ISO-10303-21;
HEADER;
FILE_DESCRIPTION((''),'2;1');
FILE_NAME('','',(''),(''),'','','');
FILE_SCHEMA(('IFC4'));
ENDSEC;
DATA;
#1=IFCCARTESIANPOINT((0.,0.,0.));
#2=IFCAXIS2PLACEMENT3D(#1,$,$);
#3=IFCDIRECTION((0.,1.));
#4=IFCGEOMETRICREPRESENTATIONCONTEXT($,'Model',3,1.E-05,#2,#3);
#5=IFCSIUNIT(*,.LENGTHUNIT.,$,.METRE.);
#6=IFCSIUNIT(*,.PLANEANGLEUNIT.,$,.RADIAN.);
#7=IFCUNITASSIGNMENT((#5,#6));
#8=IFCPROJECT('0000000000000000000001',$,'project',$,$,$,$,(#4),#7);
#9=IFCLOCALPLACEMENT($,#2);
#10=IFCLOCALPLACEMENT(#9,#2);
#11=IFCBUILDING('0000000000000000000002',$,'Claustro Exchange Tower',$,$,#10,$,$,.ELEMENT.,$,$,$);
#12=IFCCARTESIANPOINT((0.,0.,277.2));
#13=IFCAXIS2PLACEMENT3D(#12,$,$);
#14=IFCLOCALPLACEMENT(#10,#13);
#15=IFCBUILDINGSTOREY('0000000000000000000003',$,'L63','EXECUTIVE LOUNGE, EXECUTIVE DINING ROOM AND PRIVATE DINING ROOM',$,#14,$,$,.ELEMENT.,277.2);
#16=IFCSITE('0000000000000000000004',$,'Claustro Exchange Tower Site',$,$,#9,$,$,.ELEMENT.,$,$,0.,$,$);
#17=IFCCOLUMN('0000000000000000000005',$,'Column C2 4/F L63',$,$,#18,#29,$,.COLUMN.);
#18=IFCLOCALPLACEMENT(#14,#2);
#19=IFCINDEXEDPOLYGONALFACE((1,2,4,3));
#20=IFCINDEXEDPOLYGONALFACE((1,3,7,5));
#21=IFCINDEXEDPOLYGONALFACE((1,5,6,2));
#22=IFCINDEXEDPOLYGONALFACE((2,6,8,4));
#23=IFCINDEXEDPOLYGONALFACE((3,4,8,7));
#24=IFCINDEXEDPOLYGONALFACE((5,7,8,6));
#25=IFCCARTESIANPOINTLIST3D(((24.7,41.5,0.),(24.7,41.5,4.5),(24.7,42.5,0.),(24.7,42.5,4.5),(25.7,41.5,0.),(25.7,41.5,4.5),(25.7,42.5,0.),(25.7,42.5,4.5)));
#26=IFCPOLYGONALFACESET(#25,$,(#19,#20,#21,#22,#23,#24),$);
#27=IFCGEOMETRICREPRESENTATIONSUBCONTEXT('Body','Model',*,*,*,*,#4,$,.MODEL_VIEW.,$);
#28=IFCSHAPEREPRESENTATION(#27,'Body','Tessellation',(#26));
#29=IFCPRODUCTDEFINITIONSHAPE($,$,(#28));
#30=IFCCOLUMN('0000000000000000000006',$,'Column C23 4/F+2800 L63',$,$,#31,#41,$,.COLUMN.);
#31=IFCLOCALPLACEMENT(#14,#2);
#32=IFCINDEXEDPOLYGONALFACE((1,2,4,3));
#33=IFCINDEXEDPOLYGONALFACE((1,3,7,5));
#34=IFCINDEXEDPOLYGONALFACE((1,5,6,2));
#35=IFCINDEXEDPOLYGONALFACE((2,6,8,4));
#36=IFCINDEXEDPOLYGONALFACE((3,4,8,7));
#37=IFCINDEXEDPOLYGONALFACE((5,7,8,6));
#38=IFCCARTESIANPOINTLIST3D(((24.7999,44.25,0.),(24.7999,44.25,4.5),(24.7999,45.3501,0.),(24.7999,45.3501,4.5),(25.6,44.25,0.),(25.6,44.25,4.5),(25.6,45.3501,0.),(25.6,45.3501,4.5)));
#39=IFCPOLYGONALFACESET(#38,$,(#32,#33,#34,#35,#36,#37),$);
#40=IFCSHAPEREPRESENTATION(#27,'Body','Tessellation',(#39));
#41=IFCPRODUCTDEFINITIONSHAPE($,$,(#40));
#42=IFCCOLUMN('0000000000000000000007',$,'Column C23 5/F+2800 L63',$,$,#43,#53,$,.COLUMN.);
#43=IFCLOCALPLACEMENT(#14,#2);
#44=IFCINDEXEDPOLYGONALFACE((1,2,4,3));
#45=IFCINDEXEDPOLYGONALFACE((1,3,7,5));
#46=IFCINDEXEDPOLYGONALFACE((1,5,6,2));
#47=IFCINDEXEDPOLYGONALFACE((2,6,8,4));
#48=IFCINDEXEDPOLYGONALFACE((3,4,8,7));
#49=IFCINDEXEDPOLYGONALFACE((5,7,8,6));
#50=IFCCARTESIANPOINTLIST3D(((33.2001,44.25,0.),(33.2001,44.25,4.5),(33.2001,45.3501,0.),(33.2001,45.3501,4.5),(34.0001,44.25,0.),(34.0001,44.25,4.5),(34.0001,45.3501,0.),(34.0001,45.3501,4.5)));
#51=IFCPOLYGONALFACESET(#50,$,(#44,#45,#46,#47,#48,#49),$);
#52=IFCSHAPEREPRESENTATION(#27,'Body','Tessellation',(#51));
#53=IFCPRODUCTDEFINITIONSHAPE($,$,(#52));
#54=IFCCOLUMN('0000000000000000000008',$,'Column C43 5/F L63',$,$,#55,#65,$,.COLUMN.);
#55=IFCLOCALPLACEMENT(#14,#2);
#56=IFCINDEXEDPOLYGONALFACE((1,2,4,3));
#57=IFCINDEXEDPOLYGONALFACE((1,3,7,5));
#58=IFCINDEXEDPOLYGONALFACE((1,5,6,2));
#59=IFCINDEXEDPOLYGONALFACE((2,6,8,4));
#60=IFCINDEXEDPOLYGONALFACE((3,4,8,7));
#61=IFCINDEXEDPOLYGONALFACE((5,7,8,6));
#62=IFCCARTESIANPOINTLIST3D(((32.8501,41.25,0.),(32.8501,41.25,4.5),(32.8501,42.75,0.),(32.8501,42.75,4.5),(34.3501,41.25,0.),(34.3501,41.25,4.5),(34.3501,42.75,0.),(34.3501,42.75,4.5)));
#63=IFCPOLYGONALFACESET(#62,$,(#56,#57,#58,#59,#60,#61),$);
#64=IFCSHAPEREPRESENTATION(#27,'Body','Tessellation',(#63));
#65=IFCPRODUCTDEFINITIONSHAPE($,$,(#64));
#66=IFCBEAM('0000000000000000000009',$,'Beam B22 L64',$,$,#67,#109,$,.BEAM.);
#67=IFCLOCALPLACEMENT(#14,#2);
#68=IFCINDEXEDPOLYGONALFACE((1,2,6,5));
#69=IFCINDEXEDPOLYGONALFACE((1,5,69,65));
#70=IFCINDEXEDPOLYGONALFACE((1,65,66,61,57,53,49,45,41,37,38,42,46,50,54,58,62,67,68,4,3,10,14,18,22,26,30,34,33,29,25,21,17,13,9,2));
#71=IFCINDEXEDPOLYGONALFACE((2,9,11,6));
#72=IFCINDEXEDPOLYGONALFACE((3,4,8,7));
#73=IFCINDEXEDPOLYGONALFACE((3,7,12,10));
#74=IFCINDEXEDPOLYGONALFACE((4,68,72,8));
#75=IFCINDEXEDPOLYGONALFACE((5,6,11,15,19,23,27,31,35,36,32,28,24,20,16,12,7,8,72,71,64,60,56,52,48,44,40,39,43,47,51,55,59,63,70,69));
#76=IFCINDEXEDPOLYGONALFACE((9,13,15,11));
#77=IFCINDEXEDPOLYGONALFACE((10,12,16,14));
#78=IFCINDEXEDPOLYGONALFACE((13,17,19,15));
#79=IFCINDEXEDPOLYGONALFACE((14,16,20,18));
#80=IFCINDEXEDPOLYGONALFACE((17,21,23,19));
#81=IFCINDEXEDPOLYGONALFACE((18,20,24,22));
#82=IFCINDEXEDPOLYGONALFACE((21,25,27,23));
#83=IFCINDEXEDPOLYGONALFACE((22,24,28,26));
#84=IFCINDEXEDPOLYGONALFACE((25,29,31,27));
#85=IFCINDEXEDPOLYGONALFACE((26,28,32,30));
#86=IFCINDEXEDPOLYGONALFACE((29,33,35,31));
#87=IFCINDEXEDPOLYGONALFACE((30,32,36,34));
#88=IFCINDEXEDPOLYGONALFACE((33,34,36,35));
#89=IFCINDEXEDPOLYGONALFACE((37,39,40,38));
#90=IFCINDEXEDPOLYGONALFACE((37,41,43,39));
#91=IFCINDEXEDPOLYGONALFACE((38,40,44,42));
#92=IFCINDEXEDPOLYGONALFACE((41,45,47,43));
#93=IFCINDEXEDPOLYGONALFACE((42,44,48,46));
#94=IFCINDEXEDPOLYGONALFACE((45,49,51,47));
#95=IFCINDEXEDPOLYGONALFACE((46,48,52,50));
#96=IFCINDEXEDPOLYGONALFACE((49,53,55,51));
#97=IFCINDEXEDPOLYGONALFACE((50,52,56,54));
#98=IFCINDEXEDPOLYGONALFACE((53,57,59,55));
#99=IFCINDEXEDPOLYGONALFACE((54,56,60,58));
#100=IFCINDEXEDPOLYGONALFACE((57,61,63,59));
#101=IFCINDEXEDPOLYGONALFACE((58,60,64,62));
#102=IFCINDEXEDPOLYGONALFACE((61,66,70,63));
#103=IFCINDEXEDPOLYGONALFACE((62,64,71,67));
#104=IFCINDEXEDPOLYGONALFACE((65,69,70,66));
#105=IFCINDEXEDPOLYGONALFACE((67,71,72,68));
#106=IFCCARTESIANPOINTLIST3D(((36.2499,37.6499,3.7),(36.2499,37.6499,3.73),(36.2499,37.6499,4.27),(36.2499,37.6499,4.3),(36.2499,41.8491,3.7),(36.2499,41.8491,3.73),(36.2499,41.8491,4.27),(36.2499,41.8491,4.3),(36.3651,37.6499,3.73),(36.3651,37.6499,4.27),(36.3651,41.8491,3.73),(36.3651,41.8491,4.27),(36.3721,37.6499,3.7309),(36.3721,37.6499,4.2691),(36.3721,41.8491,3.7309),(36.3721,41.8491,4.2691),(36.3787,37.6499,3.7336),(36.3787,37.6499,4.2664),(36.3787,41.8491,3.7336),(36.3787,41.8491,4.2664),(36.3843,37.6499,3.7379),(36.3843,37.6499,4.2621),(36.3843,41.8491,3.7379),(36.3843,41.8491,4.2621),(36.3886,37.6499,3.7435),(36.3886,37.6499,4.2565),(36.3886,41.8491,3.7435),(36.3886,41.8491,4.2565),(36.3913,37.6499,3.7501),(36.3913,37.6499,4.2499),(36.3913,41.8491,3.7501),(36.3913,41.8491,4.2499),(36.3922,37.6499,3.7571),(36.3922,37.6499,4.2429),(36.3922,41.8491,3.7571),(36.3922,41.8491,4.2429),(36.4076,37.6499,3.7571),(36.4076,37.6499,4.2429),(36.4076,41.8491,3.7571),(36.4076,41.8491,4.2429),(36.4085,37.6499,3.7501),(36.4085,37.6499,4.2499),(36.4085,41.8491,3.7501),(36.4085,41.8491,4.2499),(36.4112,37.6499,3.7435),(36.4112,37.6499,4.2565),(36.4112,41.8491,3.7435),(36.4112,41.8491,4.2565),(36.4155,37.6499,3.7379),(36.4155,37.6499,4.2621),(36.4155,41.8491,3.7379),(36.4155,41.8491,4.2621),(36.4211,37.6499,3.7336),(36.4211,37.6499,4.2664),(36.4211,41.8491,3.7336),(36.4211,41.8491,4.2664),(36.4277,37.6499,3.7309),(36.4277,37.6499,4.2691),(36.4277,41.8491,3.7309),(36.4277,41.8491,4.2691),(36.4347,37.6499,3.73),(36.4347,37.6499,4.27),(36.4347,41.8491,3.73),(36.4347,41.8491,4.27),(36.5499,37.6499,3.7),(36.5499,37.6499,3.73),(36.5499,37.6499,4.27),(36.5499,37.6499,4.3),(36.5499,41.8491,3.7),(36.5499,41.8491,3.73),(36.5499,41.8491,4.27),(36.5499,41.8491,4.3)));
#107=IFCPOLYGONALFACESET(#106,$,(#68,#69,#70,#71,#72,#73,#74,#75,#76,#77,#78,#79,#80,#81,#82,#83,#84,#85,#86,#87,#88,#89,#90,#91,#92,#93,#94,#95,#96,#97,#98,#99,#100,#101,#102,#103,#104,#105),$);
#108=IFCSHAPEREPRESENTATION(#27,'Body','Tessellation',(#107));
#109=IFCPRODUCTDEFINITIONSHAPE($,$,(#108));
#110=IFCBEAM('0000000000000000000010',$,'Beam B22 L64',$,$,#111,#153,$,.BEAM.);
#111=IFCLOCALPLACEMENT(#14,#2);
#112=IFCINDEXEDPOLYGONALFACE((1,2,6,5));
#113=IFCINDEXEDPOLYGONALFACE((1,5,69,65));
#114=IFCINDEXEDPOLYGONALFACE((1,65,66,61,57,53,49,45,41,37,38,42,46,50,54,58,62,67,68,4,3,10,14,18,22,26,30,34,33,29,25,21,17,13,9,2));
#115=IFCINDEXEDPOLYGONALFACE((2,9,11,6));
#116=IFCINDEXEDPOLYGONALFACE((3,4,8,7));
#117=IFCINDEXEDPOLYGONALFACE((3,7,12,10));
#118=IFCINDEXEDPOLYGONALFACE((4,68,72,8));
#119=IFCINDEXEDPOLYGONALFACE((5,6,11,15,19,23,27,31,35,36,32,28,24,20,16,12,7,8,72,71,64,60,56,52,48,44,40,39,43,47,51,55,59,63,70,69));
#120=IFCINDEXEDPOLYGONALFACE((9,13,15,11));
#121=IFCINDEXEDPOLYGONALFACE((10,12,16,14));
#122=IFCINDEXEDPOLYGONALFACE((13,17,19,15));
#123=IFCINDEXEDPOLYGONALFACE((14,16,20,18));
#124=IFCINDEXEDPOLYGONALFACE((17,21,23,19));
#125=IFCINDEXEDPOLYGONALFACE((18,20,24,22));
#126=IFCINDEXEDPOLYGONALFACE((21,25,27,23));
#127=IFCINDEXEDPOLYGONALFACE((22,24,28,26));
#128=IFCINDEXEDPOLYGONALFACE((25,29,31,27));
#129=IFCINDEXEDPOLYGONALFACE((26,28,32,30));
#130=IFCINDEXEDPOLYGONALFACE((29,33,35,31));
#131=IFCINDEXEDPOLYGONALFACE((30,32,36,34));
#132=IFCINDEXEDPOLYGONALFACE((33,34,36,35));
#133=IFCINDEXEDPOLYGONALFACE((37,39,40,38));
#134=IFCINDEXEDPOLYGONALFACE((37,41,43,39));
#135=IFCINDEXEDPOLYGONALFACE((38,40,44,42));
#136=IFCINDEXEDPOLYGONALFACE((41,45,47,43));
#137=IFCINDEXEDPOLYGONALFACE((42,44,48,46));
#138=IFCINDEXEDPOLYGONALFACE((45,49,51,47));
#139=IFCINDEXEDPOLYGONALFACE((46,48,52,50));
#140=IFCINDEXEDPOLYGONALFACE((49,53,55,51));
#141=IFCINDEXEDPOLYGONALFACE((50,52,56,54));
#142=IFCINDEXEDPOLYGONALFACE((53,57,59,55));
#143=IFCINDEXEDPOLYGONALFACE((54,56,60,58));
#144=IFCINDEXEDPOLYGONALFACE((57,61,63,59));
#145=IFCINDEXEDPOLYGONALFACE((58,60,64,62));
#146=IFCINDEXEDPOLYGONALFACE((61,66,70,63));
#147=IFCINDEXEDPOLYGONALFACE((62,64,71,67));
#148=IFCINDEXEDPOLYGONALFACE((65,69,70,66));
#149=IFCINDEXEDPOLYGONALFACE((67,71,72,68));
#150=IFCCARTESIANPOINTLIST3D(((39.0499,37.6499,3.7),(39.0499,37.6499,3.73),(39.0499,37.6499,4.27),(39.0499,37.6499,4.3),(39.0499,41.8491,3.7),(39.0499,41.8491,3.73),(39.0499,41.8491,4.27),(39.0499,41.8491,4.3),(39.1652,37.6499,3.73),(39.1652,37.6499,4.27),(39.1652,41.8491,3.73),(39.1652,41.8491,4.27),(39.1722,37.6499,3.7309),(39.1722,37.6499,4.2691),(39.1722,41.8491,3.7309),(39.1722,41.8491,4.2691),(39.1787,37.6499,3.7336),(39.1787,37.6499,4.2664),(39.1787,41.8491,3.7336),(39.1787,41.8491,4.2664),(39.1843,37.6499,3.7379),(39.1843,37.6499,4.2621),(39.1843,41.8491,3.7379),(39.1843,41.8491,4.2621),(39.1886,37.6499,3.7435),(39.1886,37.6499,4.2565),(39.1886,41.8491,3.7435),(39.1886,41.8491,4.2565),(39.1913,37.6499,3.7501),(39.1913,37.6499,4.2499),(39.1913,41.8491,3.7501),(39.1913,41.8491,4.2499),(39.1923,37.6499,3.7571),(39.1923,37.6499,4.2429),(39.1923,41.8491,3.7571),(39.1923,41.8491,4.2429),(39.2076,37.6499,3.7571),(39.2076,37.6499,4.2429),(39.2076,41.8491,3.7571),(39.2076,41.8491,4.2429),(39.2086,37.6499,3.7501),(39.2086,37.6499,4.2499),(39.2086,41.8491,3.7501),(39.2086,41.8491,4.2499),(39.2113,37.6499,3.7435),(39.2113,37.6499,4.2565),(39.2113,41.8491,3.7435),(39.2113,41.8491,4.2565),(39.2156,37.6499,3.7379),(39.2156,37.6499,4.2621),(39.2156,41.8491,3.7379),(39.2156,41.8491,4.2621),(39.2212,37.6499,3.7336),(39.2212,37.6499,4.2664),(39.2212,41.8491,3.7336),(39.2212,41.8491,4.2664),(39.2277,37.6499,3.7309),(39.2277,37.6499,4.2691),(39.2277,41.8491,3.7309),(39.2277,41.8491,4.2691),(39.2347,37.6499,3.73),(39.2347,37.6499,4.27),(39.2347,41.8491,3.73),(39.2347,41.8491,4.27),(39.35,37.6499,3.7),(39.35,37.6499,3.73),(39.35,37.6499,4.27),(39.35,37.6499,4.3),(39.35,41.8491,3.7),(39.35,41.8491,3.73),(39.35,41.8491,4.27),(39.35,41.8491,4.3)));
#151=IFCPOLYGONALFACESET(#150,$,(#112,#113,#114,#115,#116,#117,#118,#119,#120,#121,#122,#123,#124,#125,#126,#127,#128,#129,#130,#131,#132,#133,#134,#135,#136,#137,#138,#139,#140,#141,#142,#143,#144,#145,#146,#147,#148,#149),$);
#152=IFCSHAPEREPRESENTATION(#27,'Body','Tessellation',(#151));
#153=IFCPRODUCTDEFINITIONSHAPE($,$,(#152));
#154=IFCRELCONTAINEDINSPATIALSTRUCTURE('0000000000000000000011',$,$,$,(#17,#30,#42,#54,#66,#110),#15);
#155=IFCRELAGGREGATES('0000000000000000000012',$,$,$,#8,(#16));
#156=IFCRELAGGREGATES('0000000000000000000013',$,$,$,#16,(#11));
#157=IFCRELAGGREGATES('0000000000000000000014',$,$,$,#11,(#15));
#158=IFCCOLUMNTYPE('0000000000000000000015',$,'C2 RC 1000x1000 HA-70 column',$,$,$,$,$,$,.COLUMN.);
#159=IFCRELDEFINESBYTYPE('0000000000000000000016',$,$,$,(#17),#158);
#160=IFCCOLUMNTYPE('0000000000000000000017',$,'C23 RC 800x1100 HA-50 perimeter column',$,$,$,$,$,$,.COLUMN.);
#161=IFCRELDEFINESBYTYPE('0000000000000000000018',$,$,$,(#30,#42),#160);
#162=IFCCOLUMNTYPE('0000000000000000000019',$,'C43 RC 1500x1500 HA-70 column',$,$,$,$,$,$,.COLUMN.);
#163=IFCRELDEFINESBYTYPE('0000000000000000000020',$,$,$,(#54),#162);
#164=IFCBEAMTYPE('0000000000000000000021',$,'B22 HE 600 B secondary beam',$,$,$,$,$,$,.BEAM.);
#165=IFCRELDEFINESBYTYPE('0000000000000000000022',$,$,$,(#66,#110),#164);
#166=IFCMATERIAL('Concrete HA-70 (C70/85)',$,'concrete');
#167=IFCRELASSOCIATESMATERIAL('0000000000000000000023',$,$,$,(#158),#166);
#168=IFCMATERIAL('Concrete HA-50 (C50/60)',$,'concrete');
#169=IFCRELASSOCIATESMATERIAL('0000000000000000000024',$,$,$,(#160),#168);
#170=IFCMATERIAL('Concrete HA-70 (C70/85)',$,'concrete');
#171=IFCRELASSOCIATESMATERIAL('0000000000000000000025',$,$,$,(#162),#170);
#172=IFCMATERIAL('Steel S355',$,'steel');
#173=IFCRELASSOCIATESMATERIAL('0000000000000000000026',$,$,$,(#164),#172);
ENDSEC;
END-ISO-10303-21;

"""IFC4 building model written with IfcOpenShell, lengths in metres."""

from ifc_helpers import new_model, si_unit, direction, frame, origin, origin_2d, place, context, subcontext, project, spatial, rectangle, i_section, extrude, material, material_profile, profile_set, type_object, element, save


model = new_model("IFC4")

# Units and contexts
model_context = context("Model", 3, precision=1e-05, world=origin(), true_north=direction((0.0, 1.0)))
body_context = subcontext(model_context, "Body", "Model", "MODEL_VIEW")
ifc_project = project(units=[si_unit("LENGTHUNIT", "METRE"), si_unit("PLANEANGLEUNIT", "RADIAN")], contexts=[model_context])

# Site, building, storey
site_placement = place(None, origin())
site = spatial("IfcSite", under=ifc_project, at=site_placement, Name="Claustro Exchange Tower Site", CompositionType="ELEMENT", RefElevation=0.0)
building_placement = place(site_placement, origin())
building = spatial("IfcBuilding", under=site, at=building_placement, Name="Claustro Exchange Tower", CompositionType="ELEMENT")
storey_placement = place(building_placement, frame((0.0, 0.0, 277.2)))
storey = spatial("IfcBuildingStorey", under=building, at=storey_placement, Name="L63", Description="EXECUTIVE LOUNGE, EXECUTIVE DINING ROOM AND PRIVATE DINING ROOM", CompositionType="ELEMENT", Elevation=277.2)

# Columns
ifc_material_1 = material(Name="Concrete HA-70 (C70/85)", Category="concrete")
ifc_material_profile_1 = material_profile(ifc_material_1, rectangle(XDim=1.0, YDim=1.0, at=origin_2d()), Name="RC 1000x1000")
ifc_profile_set_1 = profile_set([ifc_material_profile_1], Name="Concrete HA-70 (C70/85)")
column_type_1 = type_object("IfcColumnType", Name="C2 RC 1000x1000 HA-70 column", PredefinedType="COLUMN", material=ifc_profile_set_1)
column_1_placement = place(storey_placement, frame((25.2, 42.0, 0.0), z_axis=(0.0, 0.0, 1.0), x_axis=(1.0, 0.0, 0.0)))
element("IfcColumn", 1, at=column_1_placement, inside=storey, type_object=column_type_1, Name="Column C2 4/F L63", PredefinedType="COLUMN", context=body_context, shape_type="SweptSolid", body=[
    extrude(rectangle(XDim=1.0, YDim=1.0, at=origin_2d()), origin(), (0.0, 0.0, 1.0), 4.5),
])
ifc_material_2 = material(Name="Concrete HA-50 (C50/60)", Category="concrete")
ifc_material_profile_2 = material_profile(ifc_material_2, rectangle(XDim=0.8, YDim=1.1001, at=origin_2d()), Name="RC 800x1100")
ifc_profile_set_2 = profile_set([ifc_material_profile_2], Name="Concrete HA-50 (C50/60)")
column_type_2 = type_object("IfcColumnType", Name="C23 RC 800x1100 HA-50 perimeter column", PredefinedType="COLUMN", material=ifc_profile_set_2)
for number, where, z_axis, x_axis, name in (
    (2, (25.2, 44.8, 0.0), (0.0, 0.0, 1.0), (1.0, 0.0, 0.0), "Column C23 4/F+2800 L63"),
    (3, (33.6001, 44.8, 0.0), (0.0, 0.0, 1.0), (1.0, 0.0, 0.0), "Column C23 5/F+2800 L63"),
):
    element("IfcColumn", number, at=place(storey_placement, frame(where, z_axis=z_axis, x_axis=x_axis)), inside=storey, type_object=column_type_2, Name=name, PredefinedType="COLUMN", context=body_context, shape_type="SweptSolid", body=[
        extrude(rectangle(XDim=0.8, YDim=1.1001, at=origin_2d()), origin(), (0.0, 0.0, 1.0), 4.5),
    ])
ifc_material_3 = material(Name="Concrete HA-70 (C70/85)", Category="concrete")
ifc_material_profile_3 = material_profile(ifc_material_3, rectangle(XDim=1.5, YDim=1.5, at=origin_2d()), Name="RC 1500x1500")
ifc_profile_set_3 = profile_set([ifc_material_profile_3], Name="Concrete HA-70 (C70/85)")
column_type_3 = type_object("IfcColumnType", Name="C43 RC 1500x1500 HA-70 column", PredefinedType="COLUMN", material=ifc_profile_set_3)
column_2_placement = place(storey_placement, frame((33.6001, 42.0, 0.0), z_axis=(0.0, 0.0, 1.0), x_axis=(1.0, 0.0, 0.0)))
element("IfcColumn", 4, at=column_2_placement, inside=storey, type_object=column_type_3, Name="Column C43 5/F L63", PredefinedType="COLUMN", context=body_context, shape_type="SweptSolid", body=[
    extrude(rectangle(XDim=1.5, YDim=1.5, at=origin_2d()), origin(), (0.0, 0.0, 1.0), 4.5),
])

# Beams
ifc_material_4 = material(Name="Steel S355", Category="steel")
ifc_material_profile_4 = material_profile(ifc_material_4, i_section(OverallWidth=0.3, OverallDepth=0.6001, WebThickness=0.0154, FlangeThickness=0.03, FilletRadius=0.0271, at=origin_2d()), Name="HE 600 B")
ifc_profile_set_4 = profile_set([ifc_material_profile_4], Name="Steel S355")
beam_type_1 = type_object("IfcBeamType", Name="B22 HE 600 B secondary beam", PredefinedType="BEAM", material=ifc_profile_set_4)
for number, where, z_axis, x_axis, name in (
    (5, (36.3999, 37.6499, 4.0), (0.0, 1.0, 0.0), (-1.0, 0.0, 0.0), "Beam B22 L64"),
    (6, (39.2, 37.6499, 4.0), (0.0, 1.0, 0.0), (-1.0, 0.0, 0.0), "Beam B22 L64"),
):
    element("IfcBeam", number, at=place(storey_placement, frame(where, z_axis=z_axis, x_axis=x_axis)), inside=storey, type_object=beam_type_1, Name=name, PredefinedType="BEAM", context=body_context, shape_type="SweptSolid", body=[
        extrude(i_section(OverallWidth=0.3, OverallDepth=0.6001, WebThickness=0.0154, FlangeThickness=0.03, FilletRadius=0.0271, at=origin_2d()), origin(), (0.0, 0.0, 1.0), 4.1992),
    ])

save(model, "model.ifc")
